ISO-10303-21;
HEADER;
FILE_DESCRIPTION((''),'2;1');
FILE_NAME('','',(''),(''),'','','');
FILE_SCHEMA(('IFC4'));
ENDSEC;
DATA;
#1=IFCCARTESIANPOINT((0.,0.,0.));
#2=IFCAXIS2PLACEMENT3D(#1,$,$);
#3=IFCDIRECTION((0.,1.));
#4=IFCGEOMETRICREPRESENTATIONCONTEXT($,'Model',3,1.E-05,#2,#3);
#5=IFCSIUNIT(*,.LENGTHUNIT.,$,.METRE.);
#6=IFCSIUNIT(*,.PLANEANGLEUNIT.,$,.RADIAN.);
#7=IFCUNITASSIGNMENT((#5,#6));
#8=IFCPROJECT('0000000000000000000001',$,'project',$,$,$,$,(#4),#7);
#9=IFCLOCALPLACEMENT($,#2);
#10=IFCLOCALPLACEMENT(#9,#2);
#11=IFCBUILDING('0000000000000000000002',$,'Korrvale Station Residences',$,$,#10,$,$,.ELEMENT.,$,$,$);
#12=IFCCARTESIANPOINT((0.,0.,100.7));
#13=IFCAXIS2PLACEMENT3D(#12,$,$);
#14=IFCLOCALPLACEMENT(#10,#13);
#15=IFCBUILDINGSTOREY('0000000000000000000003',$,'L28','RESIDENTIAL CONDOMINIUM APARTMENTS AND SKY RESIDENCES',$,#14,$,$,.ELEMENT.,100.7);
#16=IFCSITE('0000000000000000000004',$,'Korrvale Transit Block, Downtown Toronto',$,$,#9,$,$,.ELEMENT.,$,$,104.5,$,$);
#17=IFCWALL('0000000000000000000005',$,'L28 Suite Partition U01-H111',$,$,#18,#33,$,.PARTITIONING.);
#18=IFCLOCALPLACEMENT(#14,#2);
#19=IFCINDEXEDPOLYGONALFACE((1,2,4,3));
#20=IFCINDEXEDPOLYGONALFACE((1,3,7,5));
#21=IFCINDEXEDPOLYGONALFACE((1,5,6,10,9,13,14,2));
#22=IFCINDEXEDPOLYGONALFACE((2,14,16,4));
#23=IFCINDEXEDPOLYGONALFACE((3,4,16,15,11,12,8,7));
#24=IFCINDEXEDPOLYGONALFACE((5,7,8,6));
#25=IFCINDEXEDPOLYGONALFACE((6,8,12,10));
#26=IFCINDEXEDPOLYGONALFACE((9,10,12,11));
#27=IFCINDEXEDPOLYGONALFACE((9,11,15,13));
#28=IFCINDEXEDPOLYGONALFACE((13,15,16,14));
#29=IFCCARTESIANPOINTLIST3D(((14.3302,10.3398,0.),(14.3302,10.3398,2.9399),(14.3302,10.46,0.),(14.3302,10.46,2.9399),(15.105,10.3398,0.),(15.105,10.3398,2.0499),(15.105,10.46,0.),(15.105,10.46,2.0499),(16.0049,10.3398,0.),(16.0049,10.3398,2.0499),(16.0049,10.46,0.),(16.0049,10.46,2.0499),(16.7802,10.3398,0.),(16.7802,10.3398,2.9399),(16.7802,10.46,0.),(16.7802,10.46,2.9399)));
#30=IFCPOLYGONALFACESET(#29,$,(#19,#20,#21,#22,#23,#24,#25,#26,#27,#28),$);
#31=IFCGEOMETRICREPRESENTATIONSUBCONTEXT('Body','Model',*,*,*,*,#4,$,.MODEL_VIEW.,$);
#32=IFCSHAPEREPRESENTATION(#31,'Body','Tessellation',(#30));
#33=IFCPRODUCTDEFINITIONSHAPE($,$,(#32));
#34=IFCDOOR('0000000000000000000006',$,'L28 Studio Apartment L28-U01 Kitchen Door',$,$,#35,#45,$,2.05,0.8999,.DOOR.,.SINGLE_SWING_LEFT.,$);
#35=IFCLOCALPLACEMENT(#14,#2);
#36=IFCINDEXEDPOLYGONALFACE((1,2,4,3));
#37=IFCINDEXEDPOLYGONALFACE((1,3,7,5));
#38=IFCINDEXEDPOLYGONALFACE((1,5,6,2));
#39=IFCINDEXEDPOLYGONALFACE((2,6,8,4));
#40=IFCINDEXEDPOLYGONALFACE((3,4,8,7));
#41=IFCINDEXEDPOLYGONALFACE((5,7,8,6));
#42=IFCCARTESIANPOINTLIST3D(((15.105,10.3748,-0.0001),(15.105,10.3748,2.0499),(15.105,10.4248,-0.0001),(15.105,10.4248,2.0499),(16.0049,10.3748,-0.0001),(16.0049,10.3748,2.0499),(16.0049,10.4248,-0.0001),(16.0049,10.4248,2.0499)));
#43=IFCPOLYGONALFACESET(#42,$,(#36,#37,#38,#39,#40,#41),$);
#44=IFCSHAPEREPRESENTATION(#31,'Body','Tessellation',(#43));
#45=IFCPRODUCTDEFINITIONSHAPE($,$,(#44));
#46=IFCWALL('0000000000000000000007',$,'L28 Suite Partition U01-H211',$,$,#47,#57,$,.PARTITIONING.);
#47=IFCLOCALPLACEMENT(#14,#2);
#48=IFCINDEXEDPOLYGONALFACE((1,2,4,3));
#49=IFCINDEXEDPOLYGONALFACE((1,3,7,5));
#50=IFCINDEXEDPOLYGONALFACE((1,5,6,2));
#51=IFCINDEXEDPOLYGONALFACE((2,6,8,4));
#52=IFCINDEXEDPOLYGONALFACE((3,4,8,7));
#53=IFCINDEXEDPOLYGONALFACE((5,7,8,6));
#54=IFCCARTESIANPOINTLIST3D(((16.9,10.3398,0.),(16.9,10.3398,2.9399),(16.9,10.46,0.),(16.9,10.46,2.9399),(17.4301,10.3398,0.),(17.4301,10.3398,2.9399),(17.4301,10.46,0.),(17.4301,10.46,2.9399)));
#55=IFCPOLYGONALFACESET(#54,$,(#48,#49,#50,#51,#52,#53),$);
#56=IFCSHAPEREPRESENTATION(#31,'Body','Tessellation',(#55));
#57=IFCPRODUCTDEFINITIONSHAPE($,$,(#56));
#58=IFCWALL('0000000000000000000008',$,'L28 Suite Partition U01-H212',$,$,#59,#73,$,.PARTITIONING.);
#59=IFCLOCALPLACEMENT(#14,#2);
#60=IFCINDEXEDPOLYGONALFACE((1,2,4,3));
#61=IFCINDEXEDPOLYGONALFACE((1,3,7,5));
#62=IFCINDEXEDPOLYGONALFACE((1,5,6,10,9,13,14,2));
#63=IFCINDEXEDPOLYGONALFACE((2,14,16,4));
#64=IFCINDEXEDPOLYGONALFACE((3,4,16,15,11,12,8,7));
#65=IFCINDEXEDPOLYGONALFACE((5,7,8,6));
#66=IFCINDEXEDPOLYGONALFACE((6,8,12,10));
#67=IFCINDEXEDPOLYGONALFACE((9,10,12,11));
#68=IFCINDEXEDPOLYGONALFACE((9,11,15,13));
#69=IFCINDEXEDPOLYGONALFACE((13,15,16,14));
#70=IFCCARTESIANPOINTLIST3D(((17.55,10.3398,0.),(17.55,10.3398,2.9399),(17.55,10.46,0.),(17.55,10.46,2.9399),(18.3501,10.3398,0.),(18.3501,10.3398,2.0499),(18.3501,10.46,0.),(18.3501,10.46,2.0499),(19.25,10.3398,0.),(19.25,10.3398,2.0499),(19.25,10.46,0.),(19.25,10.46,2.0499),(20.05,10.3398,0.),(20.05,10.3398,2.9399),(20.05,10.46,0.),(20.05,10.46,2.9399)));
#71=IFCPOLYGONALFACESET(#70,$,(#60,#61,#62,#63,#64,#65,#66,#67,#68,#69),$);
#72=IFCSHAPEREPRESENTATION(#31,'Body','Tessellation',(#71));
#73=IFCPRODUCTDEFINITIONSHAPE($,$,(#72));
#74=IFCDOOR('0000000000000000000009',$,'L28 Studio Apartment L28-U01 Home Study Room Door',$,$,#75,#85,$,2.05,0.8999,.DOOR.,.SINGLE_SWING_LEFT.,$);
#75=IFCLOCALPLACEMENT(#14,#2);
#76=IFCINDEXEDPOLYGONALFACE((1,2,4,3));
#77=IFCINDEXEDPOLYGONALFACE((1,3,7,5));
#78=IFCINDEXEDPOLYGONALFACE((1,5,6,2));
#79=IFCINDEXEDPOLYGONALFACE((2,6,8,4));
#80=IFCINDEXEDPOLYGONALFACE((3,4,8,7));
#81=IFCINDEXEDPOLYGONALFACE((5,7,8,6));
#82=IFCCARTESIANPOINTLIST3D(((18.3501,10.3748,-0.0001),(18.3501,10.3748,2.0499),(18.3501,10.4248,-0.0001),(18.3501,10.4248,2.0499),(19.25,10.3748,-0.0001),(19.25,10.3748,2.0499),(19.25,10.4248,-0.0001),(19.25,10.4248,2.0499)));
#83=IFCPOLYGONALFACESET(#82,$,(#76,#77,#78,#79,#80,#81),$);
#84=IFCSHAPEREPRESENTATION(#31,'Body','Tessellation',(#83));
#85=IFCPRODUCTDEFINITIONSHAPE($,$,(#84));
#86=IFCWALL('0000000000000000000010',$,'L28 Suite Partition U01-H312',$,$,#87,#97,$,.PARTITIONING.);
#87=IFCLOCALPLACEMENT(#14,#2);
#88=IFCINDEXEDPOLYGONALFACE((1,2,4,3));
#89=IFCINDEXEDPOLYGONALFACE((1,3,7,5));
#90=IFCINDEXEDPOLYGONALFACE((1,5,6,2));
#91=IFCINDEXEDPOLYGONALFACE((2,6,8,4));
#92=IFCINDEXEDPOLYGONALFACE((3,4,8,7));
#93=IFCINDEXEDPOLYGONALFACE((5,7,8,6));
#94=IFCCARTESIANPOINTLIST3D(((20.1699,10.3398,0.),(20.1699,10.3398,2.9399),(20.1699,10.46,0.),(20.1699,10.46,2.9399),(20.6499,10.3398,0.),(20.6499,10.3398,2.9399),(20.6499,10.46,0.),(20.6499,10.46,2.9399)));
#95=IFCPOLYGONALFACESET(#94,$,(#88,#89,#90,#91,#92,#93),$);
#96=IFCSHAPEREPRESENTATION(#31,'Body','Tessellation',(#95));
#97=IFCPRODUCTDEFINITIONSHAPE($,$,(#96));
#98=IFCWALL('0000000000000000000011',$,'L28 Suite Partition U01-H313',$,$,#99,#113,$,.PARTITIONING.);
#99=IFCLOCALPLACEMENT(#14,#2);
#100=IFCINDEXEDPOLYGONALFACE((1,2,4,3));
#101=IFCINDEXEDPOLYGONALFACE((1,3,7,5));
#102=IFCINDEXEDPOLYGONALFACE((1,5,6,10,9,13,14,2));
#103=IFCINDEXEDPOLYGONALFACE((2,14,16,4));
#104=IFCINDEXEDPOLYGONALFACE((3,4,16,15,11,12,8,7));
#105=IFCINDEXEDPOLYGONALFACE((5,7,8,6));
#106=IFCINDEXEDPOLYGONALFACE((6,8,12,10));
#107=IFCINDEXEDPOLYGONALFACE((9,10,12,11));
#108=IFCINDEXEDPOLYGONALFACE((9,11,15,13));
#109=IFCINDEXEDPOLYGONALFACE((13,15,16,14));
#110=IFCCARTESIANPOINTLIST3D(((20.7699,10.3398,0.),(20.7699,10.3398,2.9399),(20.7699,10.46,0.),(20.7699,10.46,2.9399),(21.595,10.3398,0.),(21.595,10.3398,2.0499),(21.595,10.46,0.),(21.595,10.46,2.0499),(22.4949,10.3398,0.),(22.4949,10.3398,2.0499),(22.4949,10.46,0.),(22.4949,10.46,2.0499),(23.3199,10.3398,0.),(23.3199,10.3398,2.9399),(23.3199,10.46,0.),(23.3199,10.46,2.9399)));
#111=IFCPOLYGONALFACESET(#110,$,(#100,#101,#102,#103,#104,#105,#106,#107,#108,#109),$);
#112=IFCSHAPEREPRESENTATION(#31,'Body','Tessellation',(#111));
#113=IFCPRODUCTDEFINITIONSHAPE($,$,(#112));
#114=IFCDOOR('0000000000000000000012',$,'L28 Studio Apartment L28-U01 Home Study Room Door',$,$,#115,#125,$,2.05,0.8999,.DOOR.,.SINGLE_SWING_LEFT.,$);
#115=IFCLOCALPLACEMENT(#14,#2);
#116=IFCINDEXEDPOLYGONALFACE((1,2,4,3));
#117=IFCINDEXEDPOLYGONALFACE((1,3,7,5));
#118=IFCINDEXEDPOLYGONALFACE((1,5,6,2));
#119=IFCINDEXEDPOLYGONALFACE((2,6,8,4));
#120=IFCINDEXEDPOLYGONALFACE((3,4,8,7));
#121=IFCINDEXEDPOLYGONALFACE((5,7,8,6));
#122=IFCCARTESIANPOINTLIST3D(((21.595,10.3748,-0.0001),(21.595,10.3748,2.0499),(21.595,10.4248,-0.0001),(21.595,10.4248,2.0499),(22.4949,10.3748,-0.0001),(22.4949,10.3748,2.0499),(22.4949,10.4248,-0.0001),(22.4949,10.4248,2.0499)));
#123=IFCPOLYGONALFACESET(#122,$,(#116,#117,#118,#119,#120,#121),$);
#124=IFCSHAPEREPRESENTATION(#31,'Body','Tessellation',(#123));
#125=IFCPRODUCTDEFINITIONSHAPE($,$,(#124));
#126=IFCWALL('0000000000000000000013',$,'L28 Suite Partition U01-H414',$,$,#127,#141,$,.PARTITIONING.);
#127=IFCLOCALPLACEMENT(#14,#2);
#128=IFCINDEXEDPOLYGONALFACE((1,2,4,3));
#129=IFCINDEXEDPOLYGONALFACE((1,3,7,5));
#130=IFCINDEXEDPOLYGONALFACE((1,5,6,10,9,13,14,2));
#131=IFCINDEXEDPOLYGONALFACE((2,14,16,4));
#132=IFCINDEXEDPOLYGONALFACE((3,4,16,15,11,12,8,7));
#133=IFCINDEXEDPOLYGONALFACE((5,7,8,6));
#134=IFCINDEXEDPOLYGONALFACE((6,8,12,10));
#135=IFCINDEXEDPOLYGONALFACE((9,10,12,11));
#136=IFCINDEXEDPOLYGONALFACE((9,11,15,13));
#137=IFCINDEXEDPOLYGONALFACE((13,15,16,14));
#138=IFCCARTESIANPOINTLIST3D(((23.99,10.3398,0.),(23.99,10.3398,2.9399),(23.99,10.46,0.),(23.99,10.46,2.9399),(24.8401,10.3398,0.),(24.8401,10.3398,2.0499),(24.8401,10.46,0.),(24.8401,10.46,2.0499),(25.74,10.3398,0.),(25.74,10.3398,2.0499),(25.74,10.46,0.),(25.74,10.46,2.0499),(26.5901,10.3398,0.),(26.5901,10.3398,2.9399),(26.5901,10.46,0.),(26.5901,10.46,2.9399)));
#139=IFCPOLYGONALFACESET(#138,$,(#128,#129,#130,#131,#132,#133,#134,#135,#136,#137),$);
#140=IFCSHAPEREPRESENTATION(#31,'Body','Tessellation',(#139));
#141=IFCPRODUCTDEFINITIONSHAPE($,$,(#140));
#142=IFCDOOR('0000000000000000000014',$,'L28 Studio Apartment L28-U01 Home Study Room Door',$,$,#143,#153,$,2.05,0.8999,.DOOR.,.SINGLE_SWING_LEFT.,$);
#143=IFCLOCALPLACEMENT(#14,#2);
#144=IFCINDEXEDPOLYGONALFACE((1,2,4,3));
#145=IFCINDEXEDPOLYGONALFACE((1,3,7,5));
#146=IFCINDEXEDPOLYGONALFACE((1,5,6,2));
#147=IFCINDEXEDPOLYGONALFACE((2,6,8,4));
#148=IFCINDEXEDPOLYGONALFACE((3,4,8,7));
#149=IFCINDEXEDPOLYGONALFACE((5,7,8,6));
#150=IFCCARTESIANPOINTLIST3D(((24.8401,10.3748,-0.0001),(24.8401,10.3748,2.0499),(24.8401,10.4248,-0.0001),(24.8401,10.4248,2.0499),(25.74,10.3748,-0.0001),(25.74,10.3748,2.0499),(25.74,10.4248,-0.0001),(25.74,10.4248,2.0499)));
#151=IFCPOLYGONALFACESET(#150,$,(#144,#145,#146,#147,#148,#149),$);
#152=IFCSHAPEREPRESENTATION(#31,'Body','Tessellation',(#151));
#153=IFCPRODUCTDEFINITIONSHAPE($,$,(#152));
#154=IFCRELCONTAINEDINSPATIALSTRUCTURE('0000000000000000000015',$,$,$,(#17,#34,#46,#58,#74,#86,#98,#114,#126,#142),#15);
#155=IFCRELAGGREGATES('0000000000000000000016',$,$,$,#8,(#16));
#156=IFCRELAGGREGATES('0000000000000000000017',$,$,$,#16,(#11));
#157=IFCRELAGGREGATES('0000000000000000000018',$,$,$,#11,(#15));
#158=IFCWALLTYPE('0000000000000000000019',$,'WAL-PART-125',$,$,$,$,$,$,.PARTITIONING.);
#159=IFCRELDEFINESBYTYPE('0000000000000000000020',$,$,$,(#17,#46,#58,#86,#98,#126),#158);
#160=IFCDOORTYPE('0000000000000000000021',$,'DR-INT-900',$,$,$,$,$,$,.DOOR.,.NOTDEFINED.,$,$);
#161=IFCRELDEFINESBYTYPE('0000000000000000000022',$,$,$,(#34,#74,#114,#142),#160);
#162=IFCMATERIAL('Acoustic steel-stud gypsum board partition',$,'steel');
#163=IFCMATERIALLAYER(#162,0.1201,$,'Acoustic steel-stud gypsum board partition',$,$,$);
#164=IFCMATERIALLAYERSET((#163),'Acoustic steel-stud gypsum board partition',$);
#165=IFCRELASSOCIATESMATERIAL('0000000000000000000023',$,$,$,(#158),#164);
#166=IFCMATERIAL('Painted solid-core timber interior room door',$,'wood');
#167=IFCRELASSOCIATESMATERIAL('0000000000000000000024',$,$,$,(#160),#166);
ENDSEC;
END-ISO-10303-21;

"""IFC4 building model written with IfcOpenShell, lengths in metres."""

from ifc_helpers import new_model, si_unit, direction, frame, frame_2d, origin, place, context, subcontext, project, spatial, rectangle, extrude, material, layer, layer_set, type_object, element, fill, save


model = new_model("IFC4")

# Units and contexts
model_context = context("Model", 3, precision=1e-05, world=origin(), true_north=direction((0.0, 1.0)))
body_context = subcontext(model_context, "Body", "Model", "MODEL_VIEW")
ifc_project = project(units=[si_unit("LENGTHUNIT", "METRE"), si_unit("PLANEANGLEUNIT", "RADIAN")], contexts=[model_context])

# Site, building, storey
site_placement = place(None, origin())
site = spatial("IfcSite", under=ifc_project, at=site_placement, Name="Korrvale Transit Block, Downtown Toronto", CompositionType="ELEMENT", RefElevation=104.5)
building_placement = place(site_placement, origin())
building = spatial("IfcBuilding", under=site, at=building_placement, Name="Korrvale Station Residences", CompositionType="ELEMENT")
storey_placement = place(building_placement, frame((0.0, 0.0, 100.7)))
storey = spatial("IfcBuildingStorey", under=building, at=storey_placement, Name="L28", Description="RESIDENTIAL CONDOMINIUM APARTMENTS AND SKY RESIDENCES", CompositionType="ELEMENT", Elevation=100.7)

# Wall, opening, door
ifc_material_1 = material(Name="Acoustic steel-stud gypsum board partition", Category="steel")
ifc_layer_1 = layer(ifc_material_1, 0.1201, Name="Acoustic steel-stud gypsum board partition")
ifc_layer_set_1 = layer_set([ifc_layer_1], Name="Acoustic steel-stud gypsum board partition")
wall_type_1 = type_object("IfcWallType", Name="WAL-PART-125", PredefinedType="PARTITIONING", material=ifc_layer_set_1)
wall_1_placement = place(storey_placement, frame((14.3301, 10.3999, 0.0), z_axis=(0.0, 0.0, 1.0), x_axis=(1.0, 0.0, 0.0)))
wall_1 = element("IfcWall", 1, at=wall_1_placement, inside=storey, type_object=wall_type_1, Name="L28 Suite Partition U01-H111", PredefinedType="PARTITIONING", context=body_context, shape_type="SweptSolid", body=[
    extrude(rectangle(XDim=2.45, YDim=0.1201, at=frame_2d((1.2251, 0.0))), origin(), (0.0, 0.0, 1.0), 2.9399),
])
opening_1_placement = place(wall_1_placement, frame((0.7749, 0.0, 0.0)))
opening_1 = element("IfcOpeningElement", 2, at=opening_1_placement, cuts=wall_1, PredefinedType="OPENING", context=body_context, shape_type="SweptSolid", body=[
    extrude(rectangle(XDim=0.8999, YDim=2.05, at=frame_2d((0.45, 1.0249))), frame((0.0, 0.0701, 0.0), z_axis=(0.0, -1.0, 0.0), x_axis=(1.0, 0.0, 0.0)), (0.0, 0.0, 1.0), 0.1401),
])
ifc_material_2 = material(Name="Painted solid-core timber interior room door", Category="wood")
door_type_1 = type_object("IfcDoorType", Name="DR-INT-900", OperationType="NOTDEFINED", PredefinedType="DOOR", material=ifc_material_2)
door_1_placement = place(opening_1_placement, origin())
door_1 = element("IfcDoor", 3, at=door_1_placement, inside=storey, type_object=door_type_1, Name="L28 Studio Apartment L28-U01 Kitchen Door", OperationType="SINGLE_SWING_LEFT", OverallHeight=2.05, OverallWidth=0.8999, PredefinedType="DOOR", context=body_context, shape_type="SweptSolid", body=[
    extrude(rectangle(XDim=0.8999, YDim=2.05, at=frame_2d((0.45, 1.0249))), frame((0.0, 0.0249, 0.0), z_axis=(0.0, -1.0, 0.0), x_axis=(1.0, 0.0, 0.0)), (0.0, 0.0, 1.0), 0.05),
])
fill(opening_1, door_1)

# Wall
wall_2_placement = place(storey_placement, frame((16.8999, 10.3999, 0.0), z_axis=(0.0, 0.0, 1.0), x_axis=(1.0, 0.0, 0.0)))
element("IfcWall", 4, at=wall_2_placement, inside=storey, type_object=wall_type_1, Name="L28 Suite Partition U01-H211", PredefinedType="PARTITIONING", context=body_context, shape_type="SweptSolid", body=[
    extrude(rectangle(XDim=0.53, YDim=0.1201, at=frame_2d((0.2651, 0.0))), origin(), (0.0, 0.0, 1.0), 2.9399),
])

# Wall, opening, door
wall_3_placement = place(storey_placement, frame((17.55, 10.3999, 0.0), z_axis=(0.0, 0.0, 1.0), x_axis=(1.0, 0.0, 0.0)))
wall_3 = element("IfcWall", 5, at=wall_3_placement, inside=storey, type_object=wall_type_1, Name="L28 Suite Partition U01-H212", PredefinedType="PARTITIONING", context=body_context, shape_type="SweptSolid", body=[
    extrude(rectangle(XDim=2.5, YDim=0.1201, at=frame_2d((1.25, 0.0))), origin(), (0.0, 0.0, 1.0), 2.9399),
])
opening_2_placement = place(wall_3_placement, frame((0.8, 0.0, 0.0)))
opening_2 = element("IfcOpeningElement", 6, at=opening_2_placement, cuts=wall_3, PredefinedType="OPENING", context=body_context, shape_type="SweptSolid", body=[
    extrude(rectangle(XDim=0.8999, YDim=2.05, at=frame_2d((0.45, 1.0249))), frame((0.0, 0.0701, 0.0), z_axis=(0.0, -1.0, 0.0), x_axis=(1.0, 0.0, 0.0)), (0.0, 0.0, 1.0), 0.1401),
])
door_2_placement = place(opening_2_placement, origin())
door_2 = element("IfcDoor", 7, at=door_2_placement, inside=storey, type_object=door_type_1, Name="L28 Studio Apartment L28-U01 Home Study Room Door", OperationType="SINGLE_SWING_LEFT", OverallHeight=2.05, OverallWidth=0.8999, PredefinedType="DOOR", context=body_context, shape_type="SweptSolid", body=[
    extrude(rectangle(XDim=0.8999, YDim=2.05, at=frame_2d((0.45, 1.0249))), frame((0.0, 0.0249, 0.0), z_axis=(0.0, -1.0, 0.0), x_axis=(1.0, 0.0, 0.0)), (0.0, 0.0, 1.0), 0.05),
])
fill(opening_2, door_2)

# Wall
wall_4_placement = place(storey_placement, frame((20.1699, 10.3999, 0.0), z_axis=(0.0, 0.0, 1.0), x_axis=(1.0, 0.0, 0.0)))
element("IfcWall", 8, at=wall_4_placement, inside=storey, type_object=wall_type_1, Name="L28 Suite Partition U01-H312", PredefinedType="PARTITIONING", context=body_context, shape_type="SweptSolid", body=[
    extrude(rectangle(XDim=0.48, YDim=0.1201, at=frame_2d((0.24, 0.0))), origin(), (0.0, 0.0, 1.0), 2.9399),
])

# Walls, openings, doors
wall_5_placement = place(storey_placement, frame((20.77, 10.3999, 0.0), z_axis=(0.0, 0.0, 1.0), x_axis=(1.0, 0.0, 0.0)))
wall_5 = element("IfcWall", 9, at=wall_5_placement, inside=storey, type_object=wall_type_1, Name="L28 Suite Partition U01-H313", PredefinedType="PARTITIONING", context=body_context, shape_type="SweptSolid", body=[
    extrude(rectangle(XDim=2.55, YDim=0.1201, at=frame_2d((1.2749, 0.0))), origin(), (0.0, 0.0, 1.0), 2.9399),
])
opening_3_placement = place(wall_5_placement, frame((0.825, 0.0, 0.0)))
opening_3 = element("IfcOpeningElement", 10, at=opening_3_placement, cuts=wall_5, PredefinedType="OPENING", context=body_context, shape_type="SweptSolid", body=[
    extrude(rectangle(XDim=0.8999, YDim=2.05, at=frame_2d((0.45, 1.0249))), frame((0.0, 0.0701, 0.0), z_axis=(0.0, -1.0, 0.0), x_axis=(1.0, 0.0, 0.0)), (0.0, 0.0, 1.0), 0.1401),
])
door_3_placement = place(opening_3_placement, origin())
door_3 = element("IfcDoor", 11, at=door_3_placement, inside=storey, type_object=door_type_1, Name="L28 Studio Apartment L28-U01 Home Study Room Door", OperationType="SINGLE_SWING_LEFT", OverallHeight=2.05, OverallWidth=0.8999, PredefinedType="DOOR", context=body_context, shape_type="SweptSolid", body=[
    extrude(rectangle(XDim=0.8999, YDim=2.05, at=frame_2d((0.45, 1.0249))), frame((0.0, 0.0249, 0.0), z_axis=(0.0, -1.0, 0.0), x_axis=(1.0, 0.0, 0.0)), (0.0, 0.0, 1.0), 0.05),
])
fill(opening_3, door_3)
wall_6_placement = place(storey_placement, frame((23.99, 10.3999, 0.0), z_axis=(0.0, 0.0, 1.0), x_axis=(1.0, 0.0, 0.0)))
wall_6 = element("IfcWall", 12, at=wall_6_placement, inside=storey, type_object=wall_type_1, Name="L28 Suite Partition U01-H414", PredefinedType="PARTITIONING", context=body_context, shape_type="SweptSolid", body=[
    extrude(rectangle(XDim=2.6001, YDim=0.1201, at=frame_2d((1.3, 0.0))), origin(), (0.0, 0.0, 1.0), 2.9399),
])
opening_4_placement = place(wall_6_placement, frame((0.8501, 0.0, 0.0)))
opening_4 = element("IfcOpeningElement", 13, at=opening_4_placement, cuts=wall_6, PredefinedType="OPENING", context=body_context, shape_type="SweptSolid", body=[
    extrude(rectangle(XDim=0.8999, YDim=2.05, at=frame_2d((0.45, 1.0249))), frame((0.0, 0.0701, 0.0), z_axis=(0.0, -1.0, 0.0), x_axis=(1.0, 0.0, 0.0)), (0.0, 0.0, 1.0), 0.1401),
])
door_4_placement = place(opening_4_placement, origin())
door_4 = element("IfcDoor", 14, at=door_4_placement, inside=storey, type_object=door_type_1, Name="L28 Studio Apartment L28-U01 Home Study Room Door", OperationType="SINGLE_SWING_LEFT", OverallHeight=2.05, OverallWidth=0.8999, PredefinedType="DOOR", context=body_context, shape_type="SweptSolid", body=[
    extrude(rectangle(XDim=0.8999, YDim=2.05, at=frame_2d((0.45, 1.0249))), frame((0.0, 0.0249, 0.0), z_axis=(0.0, -1.0, 0.0), x_axis=(1.0, 0.0, 0.0)), (0.0, 0.0, 1.0), 0.05),
])
fill(opening_4, door_4)

save(model, "model.ifc")
